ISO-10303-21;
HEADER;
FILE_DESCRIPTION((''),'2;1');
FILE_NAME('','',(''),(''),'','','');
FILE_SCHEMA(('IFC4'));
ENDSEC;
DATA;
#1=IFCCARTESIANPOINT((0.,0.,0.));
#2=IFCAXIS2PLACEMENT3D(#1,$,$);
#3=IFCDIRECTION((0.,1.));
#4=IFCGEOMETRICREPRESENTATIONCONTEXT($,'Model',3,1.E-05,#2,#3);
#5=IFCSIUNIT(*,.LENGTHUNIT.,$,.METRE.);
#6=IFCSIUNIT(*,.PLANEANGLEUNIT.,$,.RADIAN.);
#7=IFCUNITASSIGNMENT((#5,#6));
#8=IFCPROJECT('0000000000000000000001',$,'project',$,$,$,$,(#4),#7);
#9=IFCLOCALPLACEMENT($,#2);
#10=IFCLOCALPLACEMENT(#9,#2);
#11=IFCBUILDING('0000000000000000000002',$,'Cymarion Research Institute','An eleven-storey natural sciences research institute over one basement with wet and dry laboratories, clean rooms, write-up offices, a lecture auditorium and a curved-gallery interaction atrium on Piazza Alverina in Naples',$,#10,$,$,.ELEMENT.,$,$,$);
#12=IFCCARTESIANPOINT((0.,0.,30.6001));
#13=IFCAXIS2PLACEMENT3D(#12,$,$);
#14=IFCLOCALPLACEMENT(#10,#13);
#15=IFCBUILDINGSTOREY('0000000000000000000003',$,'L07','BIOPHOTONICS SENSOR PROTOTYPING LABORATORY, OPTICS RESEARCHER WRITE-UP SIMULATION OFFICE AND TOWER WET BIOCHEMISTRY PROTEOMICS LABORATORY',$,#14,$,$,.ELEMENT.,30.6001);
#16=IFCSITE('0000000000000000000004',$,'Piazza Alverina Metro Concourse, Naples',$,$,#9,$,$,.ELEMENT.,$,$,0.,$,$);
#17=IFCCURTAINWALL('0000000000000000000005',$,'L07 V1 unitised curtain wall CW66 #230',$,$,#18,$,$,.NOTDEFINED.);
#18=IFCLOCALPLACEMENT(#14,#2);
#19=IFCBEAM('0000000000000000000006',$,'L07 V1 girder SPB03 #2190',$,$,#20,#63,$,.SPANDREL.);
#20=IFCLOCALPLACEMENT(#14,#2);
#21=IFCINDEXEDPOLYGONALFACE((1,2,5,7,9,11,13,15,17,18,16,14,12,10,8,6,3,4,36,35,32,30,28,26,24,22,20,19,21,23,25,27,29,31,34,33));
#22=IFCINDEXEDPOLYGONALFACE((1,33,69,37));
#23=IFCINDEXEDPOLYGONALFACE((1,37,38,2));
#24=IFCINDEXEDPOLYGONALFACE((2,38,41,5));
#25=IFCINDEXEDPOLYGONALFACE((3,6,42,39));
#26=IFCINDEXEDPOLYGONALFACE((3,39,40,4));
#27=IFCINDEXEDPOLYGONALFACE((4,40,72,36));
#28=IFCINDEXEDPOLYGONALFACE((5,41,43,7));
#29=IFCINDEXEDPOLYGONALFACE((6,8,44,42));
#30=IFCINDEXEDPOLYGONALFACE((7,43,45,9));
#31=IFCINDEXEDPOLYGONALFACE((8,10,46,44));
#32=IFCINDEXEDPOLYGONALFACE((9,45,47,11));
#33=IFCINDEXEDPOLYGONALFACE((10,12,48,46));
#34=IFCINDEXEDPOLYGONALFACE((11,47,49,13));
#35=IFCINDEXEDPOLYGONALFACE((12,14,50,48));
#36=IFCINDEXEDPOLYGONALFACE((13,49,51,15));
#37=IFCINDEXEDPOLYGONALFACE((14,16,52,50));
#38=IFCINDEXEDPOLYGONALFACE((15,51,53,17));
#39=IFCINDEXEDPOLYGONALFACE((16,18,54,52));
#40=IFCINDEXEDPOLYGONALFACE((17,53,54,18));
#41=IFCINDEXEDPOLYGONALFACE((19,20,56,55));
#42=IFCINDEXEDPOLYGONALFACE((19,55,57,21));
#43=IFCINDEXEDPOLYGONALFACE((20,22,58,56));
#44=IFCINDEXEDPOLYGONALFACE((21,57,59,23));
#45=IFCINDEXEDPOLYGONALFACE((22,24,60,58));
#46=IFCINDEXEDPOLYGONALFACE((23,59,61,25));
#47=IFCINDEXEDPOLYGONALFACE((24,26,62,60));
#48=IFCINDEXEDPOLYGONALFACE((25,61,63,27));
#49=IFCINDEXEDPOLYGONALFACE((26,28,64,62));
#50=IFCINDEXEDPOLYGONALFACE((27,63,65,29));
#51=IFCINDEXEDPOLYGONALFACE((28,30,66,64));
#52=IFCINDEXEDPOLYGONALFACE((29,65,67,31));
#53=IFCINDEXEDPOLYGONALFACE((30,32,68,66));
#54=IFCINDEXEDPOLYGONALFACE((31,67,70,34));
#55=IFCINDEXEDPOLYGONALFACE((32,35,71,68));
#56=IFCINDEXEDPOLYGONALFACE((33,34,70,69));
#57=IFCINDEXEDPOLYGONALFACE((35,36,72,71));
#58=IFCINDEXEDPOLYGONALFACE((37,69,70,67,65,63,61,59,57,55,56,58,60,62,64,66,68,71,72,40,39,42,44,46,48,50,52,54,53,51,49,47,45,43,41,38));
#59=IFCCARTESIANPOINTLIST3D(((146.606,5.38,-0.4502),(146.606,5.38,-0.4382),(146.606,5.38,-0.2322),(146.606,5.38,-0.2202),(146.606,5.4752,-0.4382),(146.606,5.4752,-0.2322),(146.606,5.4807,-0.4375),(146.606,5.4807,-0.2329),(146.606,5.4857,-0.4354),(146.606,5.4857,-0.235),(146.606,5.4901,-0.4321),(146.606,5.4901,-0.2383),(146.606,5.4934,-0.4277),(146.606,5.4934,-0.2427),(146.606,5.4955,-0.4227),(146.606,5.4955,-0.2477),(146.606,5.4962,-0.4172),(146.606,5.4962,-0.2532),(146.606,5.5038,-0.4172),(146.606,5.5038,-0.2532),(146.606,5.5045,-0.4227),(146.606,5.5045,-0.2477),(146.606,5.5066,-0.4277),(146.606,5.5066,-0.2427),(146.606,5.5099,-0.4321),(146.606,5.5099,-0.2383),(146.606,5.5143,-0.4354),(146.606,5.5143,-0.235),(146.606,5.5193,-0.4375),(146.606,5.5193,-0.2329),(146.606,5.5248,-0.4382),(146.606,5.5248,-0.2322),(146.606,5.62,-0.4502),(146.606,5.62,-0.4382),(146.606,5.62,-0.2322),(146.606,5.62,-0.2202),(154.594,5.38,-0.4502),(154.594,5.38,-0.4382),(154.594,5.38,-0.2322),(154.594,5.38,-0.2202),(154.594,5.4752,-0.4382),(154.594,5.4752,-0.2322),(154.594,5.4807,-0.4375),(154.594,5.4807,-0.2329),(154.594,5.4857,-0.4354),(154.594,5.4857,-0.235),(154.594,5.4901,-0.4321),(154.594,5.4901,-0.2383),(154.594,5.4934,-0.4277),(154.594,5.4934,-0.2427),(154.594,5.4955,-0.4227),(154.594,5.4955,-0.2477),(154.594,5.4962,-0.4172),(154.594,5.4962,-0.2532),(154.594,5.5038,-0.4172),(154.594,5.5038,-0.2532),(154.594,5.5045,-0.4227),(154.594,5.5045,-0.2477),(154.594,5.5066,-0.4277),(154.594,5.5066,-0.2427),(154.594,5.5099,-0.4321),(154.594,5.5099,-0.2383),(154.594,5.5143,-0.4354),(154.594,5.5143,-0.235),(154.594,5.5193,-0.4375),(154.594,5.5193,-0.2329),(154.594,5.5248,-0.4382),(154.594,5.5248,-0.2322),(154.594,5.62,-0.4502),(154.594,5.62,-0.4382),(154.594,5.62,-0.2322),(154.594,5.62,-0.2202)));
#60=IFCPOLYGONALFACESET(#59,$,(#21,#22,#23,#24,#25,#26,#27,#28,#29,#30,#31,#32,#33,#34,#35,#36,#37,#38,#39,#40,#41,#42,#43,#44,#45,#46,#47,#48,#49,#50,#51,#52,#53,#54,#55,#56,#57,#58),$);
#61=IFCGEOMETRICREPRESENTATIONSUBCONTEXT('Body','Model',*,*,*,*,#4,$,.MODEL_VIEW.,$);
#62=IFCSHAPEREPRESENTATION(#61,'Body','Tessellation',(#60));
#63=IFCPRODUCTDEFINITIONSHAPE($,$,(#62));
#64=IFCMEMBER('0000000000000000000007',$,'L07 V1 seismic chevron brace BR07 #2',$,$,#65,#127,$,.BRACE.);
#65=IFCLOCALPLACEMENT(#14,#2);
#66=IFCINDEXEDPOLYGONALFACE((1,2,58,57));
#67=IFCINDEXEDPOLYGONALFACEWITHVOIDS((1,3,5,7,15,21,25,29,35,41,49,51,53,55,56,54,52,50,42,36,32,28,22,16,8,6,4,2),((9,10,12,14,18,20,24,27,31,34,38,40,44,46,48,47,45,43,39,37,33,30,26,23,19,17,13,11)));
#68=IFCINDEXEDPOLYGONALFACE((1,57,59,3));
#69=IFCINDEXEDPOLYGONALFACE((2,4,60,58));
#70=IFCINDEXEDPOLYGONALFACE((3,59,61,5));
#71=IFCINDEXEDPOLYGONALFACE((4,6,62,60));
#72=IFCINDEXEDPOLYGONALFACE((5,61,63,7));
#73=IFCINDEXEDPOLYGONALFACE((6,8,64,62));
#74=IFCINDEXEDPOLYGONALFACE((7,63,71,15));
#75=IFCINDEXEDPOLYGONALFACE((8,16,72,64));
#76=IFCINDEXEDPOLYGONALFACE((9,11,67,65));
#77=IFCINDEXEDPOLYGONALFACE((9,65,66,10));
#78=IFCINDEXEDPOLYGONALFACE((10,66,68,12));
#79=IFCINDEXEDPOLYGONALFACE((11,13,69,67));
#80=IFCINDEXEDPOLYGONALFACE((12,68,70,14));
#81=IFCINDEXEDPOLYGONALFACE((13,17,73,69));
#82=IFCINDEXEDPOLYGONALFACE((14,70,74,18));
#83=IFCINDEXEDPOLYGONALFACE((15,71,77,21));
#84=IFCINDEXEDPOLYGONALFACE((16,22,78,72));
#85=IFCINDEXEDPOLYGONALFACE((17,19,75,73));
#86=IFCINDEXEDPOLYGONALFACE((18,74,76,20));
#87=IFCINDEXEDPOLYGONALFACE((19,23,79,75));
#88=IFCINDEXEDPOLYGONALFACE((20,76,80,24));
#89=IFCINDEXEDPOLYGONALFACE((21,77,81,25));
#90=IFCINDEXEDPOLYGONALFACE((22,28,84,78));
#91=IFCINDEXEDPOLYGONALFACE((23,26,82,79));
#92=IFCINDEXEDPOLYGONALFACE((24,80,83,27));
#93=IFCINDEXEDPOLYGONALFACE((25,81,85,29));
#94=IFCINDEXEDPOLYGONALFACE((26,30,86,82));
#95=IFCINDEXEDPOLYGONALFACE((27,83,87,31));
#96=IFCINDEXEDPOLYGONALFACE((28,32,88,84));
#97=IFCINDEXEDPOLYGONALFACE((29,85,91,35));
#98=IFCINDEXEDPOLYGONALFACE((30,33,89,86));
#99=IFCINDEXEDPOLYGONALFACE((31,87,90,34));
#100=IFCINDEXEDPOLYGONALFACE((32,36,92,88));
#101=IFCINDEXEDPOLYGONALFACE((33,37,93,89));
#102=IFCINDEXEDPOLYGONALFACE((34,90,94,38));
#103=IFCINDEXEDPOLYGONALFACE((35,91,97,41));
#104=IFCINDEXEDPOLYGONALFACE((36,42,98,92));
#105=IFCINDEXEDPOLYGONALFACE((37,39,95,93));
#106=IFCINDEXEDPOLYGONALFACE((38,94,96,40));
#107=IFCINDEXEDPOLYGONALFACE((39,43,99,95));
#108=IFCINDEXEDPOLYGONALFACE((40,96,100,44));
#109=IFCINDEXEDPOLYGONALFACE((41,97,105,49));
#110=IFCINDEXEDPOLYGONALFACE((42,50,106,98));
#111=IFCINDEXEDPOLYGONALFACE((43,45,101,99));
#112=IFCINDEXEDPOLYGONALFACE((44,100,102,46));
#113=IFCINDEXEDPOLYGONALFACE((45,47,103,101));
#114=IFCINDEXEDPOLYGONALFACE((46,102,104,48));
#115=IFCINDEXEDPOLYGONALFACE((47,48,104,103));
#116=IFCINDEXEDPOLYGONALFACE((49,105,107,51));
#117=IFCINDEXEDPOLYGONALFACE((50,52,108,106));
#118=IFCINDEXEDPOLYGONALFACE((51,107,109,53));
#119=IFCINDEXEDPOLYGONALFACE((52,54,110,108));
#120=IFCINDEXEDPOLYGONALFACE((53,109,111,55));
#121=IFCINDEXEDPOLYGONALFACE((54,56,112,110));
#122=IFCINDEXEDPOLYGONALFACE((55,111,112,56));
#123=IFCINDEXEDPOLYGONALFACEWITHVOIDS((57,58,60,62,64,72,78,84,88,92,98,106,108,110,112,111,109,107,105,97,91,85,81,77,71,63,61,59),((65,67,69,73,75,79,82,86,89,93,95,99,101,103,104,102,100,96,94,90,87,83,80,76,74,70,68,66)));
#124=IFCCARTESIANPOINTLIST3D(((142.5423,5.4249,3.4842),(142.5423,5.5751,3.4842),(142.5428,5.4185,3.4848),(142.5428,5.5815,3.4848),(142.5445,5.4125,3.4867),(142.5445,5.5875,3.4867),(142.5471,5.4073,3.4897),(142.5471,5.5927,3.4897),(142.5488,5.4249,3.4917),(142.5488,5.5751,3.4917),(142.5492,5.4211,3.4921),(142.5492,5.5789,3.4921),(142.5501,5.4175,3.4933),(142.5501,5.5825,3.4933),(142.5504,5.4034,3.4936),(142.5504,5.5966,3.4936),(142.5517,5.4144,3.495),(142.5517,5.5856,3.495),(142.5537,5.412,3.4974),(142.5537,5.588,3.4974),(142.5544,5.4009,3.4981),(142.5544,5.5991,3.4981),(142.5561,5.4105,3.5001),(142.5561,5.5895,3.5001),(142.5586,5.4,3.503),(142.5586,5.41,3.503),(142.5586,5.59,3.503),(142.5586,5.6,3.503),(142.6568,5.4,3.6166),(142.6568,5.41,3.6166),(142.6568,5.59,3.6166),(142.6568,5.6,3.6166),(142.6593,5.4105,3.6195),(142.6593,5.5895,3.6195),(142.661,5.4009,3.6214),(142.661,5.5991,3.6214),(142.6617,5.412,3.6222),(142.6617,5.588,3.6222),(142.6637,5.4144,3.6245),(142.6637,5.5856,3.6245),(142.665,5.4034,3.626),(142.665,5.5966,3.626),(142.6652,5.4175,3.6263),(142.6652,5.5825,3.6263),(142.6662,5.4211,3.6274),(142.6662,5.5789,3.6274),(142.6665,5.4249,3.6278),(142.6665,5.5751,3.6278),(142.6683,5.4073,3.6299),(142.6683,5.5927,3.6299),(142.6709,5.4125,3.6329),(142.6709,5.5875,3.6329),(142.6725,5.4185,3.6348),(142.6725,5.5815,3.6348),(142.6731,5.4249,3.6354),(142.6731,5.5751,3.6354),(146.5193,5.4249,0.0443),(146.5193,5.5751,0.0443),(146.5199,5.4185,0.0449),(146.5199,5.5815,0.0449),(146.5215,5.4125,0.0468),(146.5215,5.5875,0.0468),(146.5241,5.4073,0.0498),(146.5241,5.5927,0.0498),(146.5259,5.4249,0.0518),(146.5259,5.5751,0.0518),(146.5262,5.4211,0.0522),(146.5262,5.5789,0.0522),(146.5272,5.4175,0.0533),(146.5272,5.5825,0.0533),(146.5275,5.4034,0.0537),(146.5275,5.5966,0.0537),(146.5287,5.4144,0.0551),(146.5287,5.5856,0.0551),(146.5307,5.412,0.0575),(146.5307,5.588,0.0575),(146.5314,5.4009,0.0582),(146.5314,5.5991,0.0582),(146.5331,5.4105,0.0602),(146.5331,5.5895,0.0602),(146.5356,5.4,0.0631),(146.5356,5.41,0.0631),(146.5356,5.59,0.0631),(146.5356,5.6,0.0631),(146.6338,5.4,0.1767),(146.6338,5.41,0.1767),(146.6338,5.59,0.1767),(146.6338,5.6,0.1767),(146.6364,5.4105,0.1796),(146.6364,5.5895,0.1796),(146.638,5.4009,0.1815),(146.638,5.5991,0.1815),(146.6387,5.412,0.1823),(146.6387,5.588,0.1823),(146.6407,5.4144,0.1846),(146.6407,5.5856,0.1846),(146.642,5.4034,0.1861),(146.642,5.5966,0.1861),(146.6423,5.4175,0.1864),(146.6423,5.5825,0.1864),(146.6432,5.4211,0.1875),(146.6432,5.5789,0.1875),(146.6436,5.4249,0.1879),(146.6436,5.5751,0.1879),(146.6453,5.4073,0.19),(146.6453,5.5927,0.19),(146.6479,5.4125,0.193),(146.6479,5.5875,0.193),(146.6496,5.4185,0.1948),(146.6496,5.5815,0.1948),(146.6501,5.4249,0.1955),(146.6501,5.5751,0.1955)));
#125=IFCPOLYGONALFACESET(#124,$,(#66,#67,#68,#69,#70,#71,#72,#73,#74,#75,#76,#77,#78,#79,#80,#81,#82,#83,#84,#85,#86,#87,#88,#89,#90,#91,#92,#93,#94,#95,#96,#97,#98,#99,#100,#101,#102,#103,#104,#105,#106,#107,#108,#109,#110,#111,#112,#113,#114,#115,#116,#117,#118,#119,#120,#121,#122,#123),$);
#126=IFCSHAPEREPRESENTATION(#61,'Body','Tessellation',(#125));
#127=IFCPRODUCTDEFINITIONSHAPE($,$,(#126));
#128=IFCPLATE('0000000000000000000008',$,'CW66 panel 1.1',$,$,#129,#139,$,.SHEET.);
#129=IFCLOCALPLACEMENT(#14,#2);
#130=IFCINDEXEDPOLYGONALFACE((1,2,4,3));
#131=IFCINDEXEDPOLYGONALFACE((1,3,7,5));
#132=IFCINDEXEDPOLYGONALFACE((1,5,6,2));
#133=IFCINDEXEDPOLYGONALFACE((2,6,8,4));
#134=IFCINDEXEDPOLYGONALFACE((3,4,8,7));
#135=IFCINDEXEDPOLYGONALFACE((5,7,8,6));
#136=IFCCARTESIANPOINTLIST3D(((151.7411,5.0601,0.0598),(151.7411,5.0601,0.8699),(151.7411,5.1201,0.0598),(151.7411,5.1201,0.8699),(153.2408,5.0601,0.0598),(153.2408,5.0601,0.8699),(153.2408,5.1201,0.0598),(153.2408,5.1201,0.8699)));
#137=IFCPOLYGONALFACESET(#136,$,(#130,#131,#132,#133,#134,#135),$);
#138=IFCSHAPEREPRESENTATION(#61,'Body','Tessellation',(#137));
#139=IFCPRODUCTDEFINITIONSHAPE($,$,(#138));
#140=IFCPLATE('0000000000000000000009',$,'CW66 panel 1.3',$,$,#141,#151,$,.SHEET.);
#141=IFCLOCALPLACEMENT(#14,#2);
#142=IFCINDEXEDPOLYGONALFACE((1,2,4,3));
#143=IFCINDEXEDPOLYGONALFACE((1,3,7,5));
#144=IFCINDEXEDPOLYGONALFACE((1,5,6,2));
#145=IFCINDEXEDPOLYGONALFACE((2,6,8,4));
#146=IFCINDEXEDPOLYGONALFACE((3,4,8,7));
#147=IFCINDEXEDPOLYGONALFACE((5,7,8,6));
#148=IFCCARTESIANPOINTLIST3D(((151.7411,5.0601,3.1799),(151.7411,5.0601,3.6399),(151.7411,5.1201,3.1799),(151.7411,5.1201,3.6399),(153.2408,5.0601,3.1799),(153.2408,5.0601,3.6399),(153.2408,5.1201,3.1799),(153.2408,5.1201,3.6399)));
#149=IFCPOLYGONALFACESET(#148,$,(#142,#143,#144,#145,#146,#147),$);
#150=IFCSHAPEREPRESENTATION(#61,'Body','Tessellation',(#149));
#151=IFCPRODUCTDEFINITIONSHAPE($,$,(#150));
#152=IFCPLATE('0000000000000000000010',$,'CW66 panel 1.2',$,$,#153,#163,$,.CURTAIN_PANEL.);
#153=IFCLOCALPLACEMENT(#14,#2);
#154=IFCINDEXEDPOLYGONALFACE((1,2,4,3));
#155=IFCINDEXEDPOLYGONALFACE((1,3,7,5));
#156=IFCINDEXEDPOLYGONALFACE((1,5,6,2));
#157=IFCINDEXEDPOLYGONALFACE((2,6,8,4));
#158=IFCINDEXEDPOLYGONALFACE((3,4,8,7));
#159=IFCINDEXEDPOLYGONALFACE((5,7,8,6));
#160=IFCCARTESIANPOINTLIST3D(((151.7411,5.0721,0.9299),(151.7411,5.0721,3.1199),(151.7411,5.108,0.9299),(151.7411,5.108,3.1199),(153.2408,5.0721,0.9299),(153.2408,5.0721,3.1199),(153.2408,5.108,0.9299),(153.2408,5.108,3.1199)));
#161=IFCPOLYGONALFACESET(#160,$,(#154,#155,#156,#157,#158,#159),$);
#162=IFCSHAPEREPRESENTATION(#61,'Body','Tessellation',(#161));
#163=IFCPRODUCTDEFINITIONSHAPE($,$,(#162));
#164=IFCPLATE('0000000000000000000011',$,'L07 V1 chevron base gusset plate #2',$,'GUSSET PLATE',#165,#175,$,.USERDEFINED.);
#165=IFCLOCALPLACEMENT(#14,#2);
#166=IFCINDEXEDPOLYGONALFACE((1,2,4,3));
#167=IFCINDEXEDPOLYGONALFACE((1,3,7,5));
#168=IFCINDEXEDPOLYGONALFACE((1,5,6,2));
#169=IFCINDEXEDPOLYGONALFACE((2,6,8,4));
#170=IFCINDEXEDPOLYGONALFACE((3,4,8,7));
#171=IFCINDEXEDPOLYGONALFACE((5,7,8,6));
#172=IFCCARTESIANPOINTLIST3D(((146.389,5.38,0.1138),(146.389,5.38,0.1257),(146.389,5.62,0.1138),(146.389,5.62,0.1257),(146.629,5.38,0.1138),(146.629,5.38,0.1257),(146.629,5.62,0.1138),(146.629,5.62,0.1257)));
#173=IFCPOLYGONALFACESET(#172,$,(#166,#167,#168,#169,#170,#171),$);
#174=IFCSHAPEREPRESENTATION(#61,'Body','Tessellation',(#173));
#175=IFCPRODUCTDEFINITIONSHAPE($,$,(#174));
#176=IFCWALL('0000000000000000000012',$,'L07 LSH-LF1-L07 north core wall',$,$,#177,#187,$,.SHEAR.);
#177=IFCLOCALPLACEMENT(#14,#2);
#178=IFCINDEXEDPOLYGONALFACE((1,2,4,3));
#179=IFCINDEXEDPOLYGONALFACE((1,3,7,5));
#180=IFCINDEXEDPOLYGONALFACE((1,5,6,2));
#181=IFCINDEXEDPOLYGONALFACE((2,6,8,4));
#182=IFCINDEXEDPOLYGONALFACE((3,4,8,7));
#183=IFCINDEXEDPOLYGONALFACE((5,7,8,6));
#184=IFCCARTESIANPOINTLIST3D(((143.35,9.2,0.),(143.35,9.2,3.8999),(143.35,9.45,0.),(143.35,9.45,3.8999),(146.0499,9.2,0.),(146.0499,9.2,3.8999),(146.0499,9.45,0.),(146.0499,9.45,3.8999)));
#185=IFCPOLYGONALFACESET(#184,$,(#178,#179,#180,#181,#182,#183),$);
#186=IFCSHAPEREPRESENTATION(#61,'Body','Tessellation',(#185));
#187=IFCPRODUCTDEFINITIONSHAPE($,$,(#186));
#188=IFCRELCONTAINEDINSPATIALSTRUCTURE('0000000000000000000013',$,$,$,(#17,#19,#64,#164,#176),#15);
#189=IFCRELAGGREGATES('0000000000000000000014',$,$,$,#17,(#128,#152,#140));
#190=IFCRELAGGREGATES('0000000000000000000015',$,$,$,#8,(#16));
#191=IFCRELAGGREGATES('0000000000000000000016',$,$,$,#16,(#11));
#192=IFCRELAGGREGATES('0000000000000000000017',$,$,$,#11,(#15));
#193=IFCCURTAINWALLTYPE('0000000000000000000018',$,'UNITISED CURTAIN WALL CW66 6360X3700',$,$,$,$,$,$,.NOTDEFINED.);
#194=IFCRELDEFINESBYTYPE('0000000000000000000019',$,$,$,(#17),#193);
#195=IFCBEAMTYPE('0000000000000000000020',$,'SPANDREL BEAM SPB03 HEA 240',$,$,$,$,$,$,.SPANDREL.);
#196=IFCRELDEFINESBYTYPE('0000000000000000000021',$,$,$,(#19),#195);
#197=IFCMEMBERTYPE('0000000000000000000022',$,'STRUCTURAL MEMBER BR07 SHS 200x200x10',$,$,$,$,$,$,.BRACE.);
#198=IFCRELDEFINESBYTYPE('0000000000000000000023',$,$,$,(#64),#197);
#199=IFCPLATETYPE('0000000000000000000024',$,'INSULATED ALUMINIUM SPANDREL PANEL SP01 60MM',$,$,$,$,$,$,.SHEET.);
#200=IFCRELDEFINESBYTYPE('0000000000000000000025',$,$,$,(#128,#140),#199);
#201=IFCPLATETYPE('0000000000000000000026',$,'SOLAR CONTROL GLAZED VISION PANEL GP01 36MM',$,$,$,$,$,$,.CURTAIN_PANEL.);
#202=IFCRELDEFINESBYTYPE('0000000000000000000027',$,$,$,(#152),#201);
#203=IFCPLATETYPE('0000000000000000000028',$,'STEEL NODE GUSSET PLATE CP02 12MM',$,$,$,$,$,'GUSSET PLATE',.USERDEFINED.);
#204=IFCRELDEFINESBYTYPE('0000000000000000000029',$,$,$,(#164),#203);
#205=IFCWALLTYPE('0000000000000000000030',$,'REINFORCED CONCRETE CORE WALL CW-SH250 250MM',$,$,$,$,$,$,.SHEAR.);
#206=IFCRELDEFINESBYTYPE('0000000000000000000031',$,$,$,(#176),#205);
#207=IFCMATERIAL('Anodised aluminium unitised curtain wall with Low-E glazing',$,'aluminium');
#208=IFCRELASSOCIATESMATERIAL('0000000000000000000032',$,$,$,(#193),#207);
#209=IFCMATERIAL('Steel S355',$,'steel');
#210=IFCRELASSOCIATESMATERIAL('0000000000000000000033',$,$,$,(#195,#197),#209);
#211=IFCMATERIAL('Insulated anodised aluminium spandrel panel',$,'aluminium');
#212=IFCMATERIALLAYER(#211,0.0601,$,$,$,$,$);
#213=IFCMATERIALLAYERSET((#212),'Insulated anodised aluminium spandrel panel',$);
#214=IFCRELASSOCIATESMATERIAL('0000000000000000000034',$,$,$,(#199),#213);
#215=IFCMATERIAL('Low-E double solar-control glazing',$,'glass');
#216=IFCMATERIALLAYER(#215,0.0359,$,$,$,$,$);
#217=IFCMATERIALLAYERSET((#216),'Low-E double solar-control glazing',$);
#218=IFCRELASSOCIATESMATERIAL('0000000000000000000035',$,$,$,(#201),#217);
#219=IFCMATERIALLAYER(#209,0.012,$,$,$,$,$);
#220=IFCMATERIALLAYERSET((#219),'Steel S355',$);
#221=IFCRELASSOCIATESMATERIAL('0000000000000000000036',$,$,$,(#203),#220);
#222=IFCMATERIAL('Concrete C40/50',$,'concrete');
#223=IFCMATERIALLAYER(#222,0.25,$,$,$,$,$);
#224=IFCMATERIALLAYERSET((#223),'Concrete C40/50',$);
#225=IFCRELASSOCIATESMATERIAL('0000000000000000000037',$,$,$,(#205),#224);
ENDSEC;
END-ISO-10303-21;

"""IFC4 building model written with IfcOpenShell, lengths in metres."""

from ifc_helpers import new_model, si_unit, direction, frame, frame_2d, origin, origin_2d, place, context, subcontext, project, spatial, rectangle, hollow_rectangle, i_section, extrude, material, layer, layer_set, material_profile, profile_set, type_object, element, aggregate, save


model = new_model("IFC4")

# Units and contexts
model_context = context("Model", 3, precision=1e-05, world=origin(), true_north=direction((0.0, 1.0)))
body_context = subcontext(model_context, "Body", "Model", "MODEL_VIEW")
ifc_project = project(units=[si_unit("LENGTHUNIT", "METRE"), si_unit("PLANEANGLEUNIT", "RADIAN")], contexts=[model_context])

# Site, building, storey
site_placement = place(None, origin())
site = spatial("IfcSite", under=ifc_project, at=site_placement, Name="Piazza Alverina Metro Concourse, Naples", CompositionType="ELEMENT", RefElevation=0.0)
building_placement = place(site_placement, origin())
building = spatial("IfcBuilding", under=site, at=building_placement, Name="Cymarion Research Institute", Description="An eleven-storey natural sciences research institute over one basement with wet and dry laboratories, clean rooms, write-up offices, a lecture auditorium and a curved-gallery interaction atrium on Piazza Alverina in Naples", CompositionType="ELEMENT")
storey_placement = place(building_placement, frame((0.0, 0.0, 30.6001)))
storey = spatial("IfcBuildingStorey", under=building, at=storey_placement, Name="L07", Description="BIOPHOTONICS SENSOR PROTOTYPING LABORATORY, OPTICS RESEARCHER WRITE-UP SIMULATION OFFICE AND TOWER WET BIOCHEMISTRY PROTEOMICS LABORATORY", CompositionType="ELEMENT", Elevation=30.6001)

# Shared definitions
ifc_material_1 = material(Name="Steel S355", Category="steel")

# Shared definitions
ifc_material_2 = material(Name="Concrete C40/50", Category="concrete")

# Curtain wall
ifc_material_3 = material(Name="Anodised aluminium unitised curtain wall with Low-E glazing", Category="aluminium")
curtain_wall_type = type_object("IfcCurtainWallType", Name="UNITISED CURTAIN WALL CW66 6360X3700", PredefinedType="NOTDEFINED", material=ifc_material_3)
curtain_wall_placement = place(storey_placement, origin())
curtain_wall = element("IfcCurtainWall", 1, at=curtain_wall_placement, inside=storey, type_object=curtain_wall_type, Name="L07 V1 unitised curtain wall CW66 #230", PredefinedType="NOTDEFINED")

# Beam
ifc_material_profile_1 = material_profile(ifc_material_1, i_section(OverallWidth=0.24, OverallDepth=0.23, WebThickness=0.0076, FlangeThickness=0.012, FilletRadius=0.021, at=origin_2d()), Name="HEA 240")
ifc_profile_set_1 = profile_set([ifc_material_profile_1], Name="Steel S355")
beam_type_1 = type_object("IfcBeamType", Name="SPANDREL BEAM SPB03 HEA 240", PredefinedType="SPANDREL", material=ifc_profile_set_1)
beam_1_placement = place(storey_placement, frame((146.606, 5.5, -0.3352), z_axis=(1.0, 0.0, 0.0), x_axis=(0.0, 1.0, 0.0)))
element("IfcBeam", 2, at=beam_1_placement, inside=storey, type_object=beam_type_1, Name="L07 V1 girder SPB03 #2190", PredefinedType="SPANDREL", context=body_context, shape_type="SweptSolid", body=[
    extrude(i_section(OverallWidth=0.24, OverallDepth=0.23, WebThickness=0.0076, FlangeThickness=0.012, FilletRadius=0.021, at=origin_2d()), origin(), (0.0, 0.0, 1.0), 7.988),
])

# Member
ifc_material_profile_2 = material_profile(ifc_material_1, hollow_rectangle(XDim=0.2, YDim=0.2, WallThickness=0.01, InnerFilletRadius=0.0149, OuterFilletRadius=0.0249, at=origin_2d()), Name="SHS 200x200x10")
ifc_profile_set_2 = profile_set([ifc_material_profile_2], Name="Steel S355")
member_type_1 = type_object("IfcMemberType", Name="STRUCTURAL MEMBER BR07 SHS 200x200x10", PredefinedType="BRACE", material=ifc_profile_set_2)
member_1_placement = place(storey_placement, frame((146.5847, 5.5, 0.1199), z_axis=(-0.756332, 0.0, 0.654188), x_axis=(0.0, -1.0, 0.0)))
element("IfcMember", 3, at=member_1_placement, inside=storey, type_object=member_type_1, Name="L07 V1 seismic chevron brace BR07 #2", PredefinedType="BRACE", context=body_context, shape_type="SweptSolid", body=[
    extrude(hollow_rectangle(XDim=0.2, YDim=0.2, WallThickness=0.01, InnerFilletRadius=0.0149, OuterFilletRadius=0.0249, at=origin_2d()), origin(), (0.0, 0.0, 1.0), 5.2583),
])

# Plates
ifc_material_4 = material(Name="Insulated anodised aluminium spandrel panel", Category="aluminium")
ifc_layer_1 = layer(ifc_material_4, 0.0601)
ifc_layer_set_1 = layer_set([ifc_layer_1], Name="Insulated anodised aluminium spandrel panel")
plate_type_1 = type_object("IfcPlateType", Name="INSULATED ALUMINIUM SPANDREL PANEL SP01 60MM", PredefinedType="SHEET", material=ifc_layer_set_1)
plate_1_placement = place(storey_placement, frame((152.491, 5.0901, 0.0598), z_axis=(0.0, 0.0, 1.0), x_axis=(1.0, 0.0, 0.0)))
plate_1 = element("IfcPlate", 4, at=plate_1_placement, type_object=plate_type_1, Name="CW66 panel 1.1", PredefinedType="SHEET", context=body_context, shape_type="SweptSolid", body=[
    extrude(rectangle(XDim=1.4998, YDim=0.0601, at=origin_2d()), origin(), (0.0, 0.0, 1.0), 0.8101),
])
plate_2_placement = place(storey_placement, frame((152.491, 5.0901, 3.1799), z_axis=(0.0, 0.0, 1.0), x_axis=(1.0, 0.0, 0.0)))
plate_2 = element("IfcPlate", 5, at=plate_2_placement, type_object=plate_type_1, Name="CW66 panel 1.3", PredefinedType="SHEET", context=body_context, shape_type="SweptSolid", body=[
    extrude(rectangle(XDim=1.4998, YDim=0.0601, at=origin_2d()), origin(), (0.0, 0.0, 1.0), 0.46),
])
ifc_material_5 = material(Name="Low-E double solar-control glazing", Category="glass")
ifc_layer_2 = layer(ifc_material_5, 0.0359)
ifc_layer_set_2 = layer_set([ifc_layer_2], Name="Low-E double solar-control glazing")
plate_type_2 = type_object("IfcPlateType", Name="SOLAR CONTROL GLAZED VISION PANEL GP01 36MM", PredefinedType="CURTAIN_PANEL", material=ifc_layer_set_2)
plate_3_placement = place(storey_placement, frame((152.491, 5.0901, 0.9299), z_axis=(0.0, 0.0, 1.0), x_axis=(1.0, 0.0, 0.0)))
plate_3 = element("IfcPlate", 6, at=plate_3_placement, type_object=plate_type_2, Name="CW66 panel 1.2", PredefinedType="CURTAIN_PANEL", context=body_context, shape_type="SweptSolid", body=[
    extrude(rectangle(XDim=1.4998, YDim=0.0359, at=origin_2d()), origin(), (0.0, 0.0, 1.0), 2.1899),
])
aggregate(curtain_wall, [plate_1, plate_3, plate_2])
ifc_layer_3 = layer(ifc_material_1, 0.012)
ifc_layer_set_3 = layer_set([ifc_layer_3], Name="Steel S355")
plate_type_3 = type_object("IfcPlateType", Name="STEEL NODE GUSSET PLATE CP02 12MM", ElementType="GUSSET PLATE", PredefinedType="USERDEFINED", material=ifc_layer_set_3)
plate_4_placement = place(storey_placement, frame((146.509, 5.5, 0.1138), z_axis=(0.0, 0.0, 1.0), x_axis=(1.0, 0.0, 0.0)))
element("IfcPlate", 7, at=plate_4_placement, inside=storey, type_object=plate_type_3, Name="L07 V1 chevron base gusset plate #2", ObjectType="GUSSET PLATE", PredefinedType="USERDEFINED", context=body_context, shape_type="SweptSolid", body=[
    extrude(rectangle(XDim=0.24, YDim=0.24, at=origin_2d()), origin(), (0.0, 0.0, 1.0), 0.012),
])

# Wall
ifc_layer_4 = layer(ifc_material_2, 0.25)
ifc_layer_set_4 = layer_set([ifc_layer_4], Name="Concrete C40/50")
wall_type_1 = type_object("IfcWallType", Name="REINFORCED CONCRETE CORE WALL CW-SH250 250MM", PredefinedType="SHEAR", material=ifc_layer_set_4)
wall_1_placement = place(storey_placement, frame((146.05, 9.325, 0.0), z_axis=(0.0, 0.0, 1.0), x_axis=(-1.0, 0.0, 0.0)))
element("IfcWall", 8, at=wall_1_placement, inside=storey, type_object=wall_type_1, Name="L07 LSH-LF1-L07 north core wall", PredefinedType="SHEAR", context=body_context, shape_type="SweptSolid", body=[
    extrude(rectangle(XDim=2.7, YDim=0.25, at=frame_2d((1.3501, 0.0))), origin(), (0.0, 0.0, 1.0), 3.8999),
])

save(model, "model.ifc")
